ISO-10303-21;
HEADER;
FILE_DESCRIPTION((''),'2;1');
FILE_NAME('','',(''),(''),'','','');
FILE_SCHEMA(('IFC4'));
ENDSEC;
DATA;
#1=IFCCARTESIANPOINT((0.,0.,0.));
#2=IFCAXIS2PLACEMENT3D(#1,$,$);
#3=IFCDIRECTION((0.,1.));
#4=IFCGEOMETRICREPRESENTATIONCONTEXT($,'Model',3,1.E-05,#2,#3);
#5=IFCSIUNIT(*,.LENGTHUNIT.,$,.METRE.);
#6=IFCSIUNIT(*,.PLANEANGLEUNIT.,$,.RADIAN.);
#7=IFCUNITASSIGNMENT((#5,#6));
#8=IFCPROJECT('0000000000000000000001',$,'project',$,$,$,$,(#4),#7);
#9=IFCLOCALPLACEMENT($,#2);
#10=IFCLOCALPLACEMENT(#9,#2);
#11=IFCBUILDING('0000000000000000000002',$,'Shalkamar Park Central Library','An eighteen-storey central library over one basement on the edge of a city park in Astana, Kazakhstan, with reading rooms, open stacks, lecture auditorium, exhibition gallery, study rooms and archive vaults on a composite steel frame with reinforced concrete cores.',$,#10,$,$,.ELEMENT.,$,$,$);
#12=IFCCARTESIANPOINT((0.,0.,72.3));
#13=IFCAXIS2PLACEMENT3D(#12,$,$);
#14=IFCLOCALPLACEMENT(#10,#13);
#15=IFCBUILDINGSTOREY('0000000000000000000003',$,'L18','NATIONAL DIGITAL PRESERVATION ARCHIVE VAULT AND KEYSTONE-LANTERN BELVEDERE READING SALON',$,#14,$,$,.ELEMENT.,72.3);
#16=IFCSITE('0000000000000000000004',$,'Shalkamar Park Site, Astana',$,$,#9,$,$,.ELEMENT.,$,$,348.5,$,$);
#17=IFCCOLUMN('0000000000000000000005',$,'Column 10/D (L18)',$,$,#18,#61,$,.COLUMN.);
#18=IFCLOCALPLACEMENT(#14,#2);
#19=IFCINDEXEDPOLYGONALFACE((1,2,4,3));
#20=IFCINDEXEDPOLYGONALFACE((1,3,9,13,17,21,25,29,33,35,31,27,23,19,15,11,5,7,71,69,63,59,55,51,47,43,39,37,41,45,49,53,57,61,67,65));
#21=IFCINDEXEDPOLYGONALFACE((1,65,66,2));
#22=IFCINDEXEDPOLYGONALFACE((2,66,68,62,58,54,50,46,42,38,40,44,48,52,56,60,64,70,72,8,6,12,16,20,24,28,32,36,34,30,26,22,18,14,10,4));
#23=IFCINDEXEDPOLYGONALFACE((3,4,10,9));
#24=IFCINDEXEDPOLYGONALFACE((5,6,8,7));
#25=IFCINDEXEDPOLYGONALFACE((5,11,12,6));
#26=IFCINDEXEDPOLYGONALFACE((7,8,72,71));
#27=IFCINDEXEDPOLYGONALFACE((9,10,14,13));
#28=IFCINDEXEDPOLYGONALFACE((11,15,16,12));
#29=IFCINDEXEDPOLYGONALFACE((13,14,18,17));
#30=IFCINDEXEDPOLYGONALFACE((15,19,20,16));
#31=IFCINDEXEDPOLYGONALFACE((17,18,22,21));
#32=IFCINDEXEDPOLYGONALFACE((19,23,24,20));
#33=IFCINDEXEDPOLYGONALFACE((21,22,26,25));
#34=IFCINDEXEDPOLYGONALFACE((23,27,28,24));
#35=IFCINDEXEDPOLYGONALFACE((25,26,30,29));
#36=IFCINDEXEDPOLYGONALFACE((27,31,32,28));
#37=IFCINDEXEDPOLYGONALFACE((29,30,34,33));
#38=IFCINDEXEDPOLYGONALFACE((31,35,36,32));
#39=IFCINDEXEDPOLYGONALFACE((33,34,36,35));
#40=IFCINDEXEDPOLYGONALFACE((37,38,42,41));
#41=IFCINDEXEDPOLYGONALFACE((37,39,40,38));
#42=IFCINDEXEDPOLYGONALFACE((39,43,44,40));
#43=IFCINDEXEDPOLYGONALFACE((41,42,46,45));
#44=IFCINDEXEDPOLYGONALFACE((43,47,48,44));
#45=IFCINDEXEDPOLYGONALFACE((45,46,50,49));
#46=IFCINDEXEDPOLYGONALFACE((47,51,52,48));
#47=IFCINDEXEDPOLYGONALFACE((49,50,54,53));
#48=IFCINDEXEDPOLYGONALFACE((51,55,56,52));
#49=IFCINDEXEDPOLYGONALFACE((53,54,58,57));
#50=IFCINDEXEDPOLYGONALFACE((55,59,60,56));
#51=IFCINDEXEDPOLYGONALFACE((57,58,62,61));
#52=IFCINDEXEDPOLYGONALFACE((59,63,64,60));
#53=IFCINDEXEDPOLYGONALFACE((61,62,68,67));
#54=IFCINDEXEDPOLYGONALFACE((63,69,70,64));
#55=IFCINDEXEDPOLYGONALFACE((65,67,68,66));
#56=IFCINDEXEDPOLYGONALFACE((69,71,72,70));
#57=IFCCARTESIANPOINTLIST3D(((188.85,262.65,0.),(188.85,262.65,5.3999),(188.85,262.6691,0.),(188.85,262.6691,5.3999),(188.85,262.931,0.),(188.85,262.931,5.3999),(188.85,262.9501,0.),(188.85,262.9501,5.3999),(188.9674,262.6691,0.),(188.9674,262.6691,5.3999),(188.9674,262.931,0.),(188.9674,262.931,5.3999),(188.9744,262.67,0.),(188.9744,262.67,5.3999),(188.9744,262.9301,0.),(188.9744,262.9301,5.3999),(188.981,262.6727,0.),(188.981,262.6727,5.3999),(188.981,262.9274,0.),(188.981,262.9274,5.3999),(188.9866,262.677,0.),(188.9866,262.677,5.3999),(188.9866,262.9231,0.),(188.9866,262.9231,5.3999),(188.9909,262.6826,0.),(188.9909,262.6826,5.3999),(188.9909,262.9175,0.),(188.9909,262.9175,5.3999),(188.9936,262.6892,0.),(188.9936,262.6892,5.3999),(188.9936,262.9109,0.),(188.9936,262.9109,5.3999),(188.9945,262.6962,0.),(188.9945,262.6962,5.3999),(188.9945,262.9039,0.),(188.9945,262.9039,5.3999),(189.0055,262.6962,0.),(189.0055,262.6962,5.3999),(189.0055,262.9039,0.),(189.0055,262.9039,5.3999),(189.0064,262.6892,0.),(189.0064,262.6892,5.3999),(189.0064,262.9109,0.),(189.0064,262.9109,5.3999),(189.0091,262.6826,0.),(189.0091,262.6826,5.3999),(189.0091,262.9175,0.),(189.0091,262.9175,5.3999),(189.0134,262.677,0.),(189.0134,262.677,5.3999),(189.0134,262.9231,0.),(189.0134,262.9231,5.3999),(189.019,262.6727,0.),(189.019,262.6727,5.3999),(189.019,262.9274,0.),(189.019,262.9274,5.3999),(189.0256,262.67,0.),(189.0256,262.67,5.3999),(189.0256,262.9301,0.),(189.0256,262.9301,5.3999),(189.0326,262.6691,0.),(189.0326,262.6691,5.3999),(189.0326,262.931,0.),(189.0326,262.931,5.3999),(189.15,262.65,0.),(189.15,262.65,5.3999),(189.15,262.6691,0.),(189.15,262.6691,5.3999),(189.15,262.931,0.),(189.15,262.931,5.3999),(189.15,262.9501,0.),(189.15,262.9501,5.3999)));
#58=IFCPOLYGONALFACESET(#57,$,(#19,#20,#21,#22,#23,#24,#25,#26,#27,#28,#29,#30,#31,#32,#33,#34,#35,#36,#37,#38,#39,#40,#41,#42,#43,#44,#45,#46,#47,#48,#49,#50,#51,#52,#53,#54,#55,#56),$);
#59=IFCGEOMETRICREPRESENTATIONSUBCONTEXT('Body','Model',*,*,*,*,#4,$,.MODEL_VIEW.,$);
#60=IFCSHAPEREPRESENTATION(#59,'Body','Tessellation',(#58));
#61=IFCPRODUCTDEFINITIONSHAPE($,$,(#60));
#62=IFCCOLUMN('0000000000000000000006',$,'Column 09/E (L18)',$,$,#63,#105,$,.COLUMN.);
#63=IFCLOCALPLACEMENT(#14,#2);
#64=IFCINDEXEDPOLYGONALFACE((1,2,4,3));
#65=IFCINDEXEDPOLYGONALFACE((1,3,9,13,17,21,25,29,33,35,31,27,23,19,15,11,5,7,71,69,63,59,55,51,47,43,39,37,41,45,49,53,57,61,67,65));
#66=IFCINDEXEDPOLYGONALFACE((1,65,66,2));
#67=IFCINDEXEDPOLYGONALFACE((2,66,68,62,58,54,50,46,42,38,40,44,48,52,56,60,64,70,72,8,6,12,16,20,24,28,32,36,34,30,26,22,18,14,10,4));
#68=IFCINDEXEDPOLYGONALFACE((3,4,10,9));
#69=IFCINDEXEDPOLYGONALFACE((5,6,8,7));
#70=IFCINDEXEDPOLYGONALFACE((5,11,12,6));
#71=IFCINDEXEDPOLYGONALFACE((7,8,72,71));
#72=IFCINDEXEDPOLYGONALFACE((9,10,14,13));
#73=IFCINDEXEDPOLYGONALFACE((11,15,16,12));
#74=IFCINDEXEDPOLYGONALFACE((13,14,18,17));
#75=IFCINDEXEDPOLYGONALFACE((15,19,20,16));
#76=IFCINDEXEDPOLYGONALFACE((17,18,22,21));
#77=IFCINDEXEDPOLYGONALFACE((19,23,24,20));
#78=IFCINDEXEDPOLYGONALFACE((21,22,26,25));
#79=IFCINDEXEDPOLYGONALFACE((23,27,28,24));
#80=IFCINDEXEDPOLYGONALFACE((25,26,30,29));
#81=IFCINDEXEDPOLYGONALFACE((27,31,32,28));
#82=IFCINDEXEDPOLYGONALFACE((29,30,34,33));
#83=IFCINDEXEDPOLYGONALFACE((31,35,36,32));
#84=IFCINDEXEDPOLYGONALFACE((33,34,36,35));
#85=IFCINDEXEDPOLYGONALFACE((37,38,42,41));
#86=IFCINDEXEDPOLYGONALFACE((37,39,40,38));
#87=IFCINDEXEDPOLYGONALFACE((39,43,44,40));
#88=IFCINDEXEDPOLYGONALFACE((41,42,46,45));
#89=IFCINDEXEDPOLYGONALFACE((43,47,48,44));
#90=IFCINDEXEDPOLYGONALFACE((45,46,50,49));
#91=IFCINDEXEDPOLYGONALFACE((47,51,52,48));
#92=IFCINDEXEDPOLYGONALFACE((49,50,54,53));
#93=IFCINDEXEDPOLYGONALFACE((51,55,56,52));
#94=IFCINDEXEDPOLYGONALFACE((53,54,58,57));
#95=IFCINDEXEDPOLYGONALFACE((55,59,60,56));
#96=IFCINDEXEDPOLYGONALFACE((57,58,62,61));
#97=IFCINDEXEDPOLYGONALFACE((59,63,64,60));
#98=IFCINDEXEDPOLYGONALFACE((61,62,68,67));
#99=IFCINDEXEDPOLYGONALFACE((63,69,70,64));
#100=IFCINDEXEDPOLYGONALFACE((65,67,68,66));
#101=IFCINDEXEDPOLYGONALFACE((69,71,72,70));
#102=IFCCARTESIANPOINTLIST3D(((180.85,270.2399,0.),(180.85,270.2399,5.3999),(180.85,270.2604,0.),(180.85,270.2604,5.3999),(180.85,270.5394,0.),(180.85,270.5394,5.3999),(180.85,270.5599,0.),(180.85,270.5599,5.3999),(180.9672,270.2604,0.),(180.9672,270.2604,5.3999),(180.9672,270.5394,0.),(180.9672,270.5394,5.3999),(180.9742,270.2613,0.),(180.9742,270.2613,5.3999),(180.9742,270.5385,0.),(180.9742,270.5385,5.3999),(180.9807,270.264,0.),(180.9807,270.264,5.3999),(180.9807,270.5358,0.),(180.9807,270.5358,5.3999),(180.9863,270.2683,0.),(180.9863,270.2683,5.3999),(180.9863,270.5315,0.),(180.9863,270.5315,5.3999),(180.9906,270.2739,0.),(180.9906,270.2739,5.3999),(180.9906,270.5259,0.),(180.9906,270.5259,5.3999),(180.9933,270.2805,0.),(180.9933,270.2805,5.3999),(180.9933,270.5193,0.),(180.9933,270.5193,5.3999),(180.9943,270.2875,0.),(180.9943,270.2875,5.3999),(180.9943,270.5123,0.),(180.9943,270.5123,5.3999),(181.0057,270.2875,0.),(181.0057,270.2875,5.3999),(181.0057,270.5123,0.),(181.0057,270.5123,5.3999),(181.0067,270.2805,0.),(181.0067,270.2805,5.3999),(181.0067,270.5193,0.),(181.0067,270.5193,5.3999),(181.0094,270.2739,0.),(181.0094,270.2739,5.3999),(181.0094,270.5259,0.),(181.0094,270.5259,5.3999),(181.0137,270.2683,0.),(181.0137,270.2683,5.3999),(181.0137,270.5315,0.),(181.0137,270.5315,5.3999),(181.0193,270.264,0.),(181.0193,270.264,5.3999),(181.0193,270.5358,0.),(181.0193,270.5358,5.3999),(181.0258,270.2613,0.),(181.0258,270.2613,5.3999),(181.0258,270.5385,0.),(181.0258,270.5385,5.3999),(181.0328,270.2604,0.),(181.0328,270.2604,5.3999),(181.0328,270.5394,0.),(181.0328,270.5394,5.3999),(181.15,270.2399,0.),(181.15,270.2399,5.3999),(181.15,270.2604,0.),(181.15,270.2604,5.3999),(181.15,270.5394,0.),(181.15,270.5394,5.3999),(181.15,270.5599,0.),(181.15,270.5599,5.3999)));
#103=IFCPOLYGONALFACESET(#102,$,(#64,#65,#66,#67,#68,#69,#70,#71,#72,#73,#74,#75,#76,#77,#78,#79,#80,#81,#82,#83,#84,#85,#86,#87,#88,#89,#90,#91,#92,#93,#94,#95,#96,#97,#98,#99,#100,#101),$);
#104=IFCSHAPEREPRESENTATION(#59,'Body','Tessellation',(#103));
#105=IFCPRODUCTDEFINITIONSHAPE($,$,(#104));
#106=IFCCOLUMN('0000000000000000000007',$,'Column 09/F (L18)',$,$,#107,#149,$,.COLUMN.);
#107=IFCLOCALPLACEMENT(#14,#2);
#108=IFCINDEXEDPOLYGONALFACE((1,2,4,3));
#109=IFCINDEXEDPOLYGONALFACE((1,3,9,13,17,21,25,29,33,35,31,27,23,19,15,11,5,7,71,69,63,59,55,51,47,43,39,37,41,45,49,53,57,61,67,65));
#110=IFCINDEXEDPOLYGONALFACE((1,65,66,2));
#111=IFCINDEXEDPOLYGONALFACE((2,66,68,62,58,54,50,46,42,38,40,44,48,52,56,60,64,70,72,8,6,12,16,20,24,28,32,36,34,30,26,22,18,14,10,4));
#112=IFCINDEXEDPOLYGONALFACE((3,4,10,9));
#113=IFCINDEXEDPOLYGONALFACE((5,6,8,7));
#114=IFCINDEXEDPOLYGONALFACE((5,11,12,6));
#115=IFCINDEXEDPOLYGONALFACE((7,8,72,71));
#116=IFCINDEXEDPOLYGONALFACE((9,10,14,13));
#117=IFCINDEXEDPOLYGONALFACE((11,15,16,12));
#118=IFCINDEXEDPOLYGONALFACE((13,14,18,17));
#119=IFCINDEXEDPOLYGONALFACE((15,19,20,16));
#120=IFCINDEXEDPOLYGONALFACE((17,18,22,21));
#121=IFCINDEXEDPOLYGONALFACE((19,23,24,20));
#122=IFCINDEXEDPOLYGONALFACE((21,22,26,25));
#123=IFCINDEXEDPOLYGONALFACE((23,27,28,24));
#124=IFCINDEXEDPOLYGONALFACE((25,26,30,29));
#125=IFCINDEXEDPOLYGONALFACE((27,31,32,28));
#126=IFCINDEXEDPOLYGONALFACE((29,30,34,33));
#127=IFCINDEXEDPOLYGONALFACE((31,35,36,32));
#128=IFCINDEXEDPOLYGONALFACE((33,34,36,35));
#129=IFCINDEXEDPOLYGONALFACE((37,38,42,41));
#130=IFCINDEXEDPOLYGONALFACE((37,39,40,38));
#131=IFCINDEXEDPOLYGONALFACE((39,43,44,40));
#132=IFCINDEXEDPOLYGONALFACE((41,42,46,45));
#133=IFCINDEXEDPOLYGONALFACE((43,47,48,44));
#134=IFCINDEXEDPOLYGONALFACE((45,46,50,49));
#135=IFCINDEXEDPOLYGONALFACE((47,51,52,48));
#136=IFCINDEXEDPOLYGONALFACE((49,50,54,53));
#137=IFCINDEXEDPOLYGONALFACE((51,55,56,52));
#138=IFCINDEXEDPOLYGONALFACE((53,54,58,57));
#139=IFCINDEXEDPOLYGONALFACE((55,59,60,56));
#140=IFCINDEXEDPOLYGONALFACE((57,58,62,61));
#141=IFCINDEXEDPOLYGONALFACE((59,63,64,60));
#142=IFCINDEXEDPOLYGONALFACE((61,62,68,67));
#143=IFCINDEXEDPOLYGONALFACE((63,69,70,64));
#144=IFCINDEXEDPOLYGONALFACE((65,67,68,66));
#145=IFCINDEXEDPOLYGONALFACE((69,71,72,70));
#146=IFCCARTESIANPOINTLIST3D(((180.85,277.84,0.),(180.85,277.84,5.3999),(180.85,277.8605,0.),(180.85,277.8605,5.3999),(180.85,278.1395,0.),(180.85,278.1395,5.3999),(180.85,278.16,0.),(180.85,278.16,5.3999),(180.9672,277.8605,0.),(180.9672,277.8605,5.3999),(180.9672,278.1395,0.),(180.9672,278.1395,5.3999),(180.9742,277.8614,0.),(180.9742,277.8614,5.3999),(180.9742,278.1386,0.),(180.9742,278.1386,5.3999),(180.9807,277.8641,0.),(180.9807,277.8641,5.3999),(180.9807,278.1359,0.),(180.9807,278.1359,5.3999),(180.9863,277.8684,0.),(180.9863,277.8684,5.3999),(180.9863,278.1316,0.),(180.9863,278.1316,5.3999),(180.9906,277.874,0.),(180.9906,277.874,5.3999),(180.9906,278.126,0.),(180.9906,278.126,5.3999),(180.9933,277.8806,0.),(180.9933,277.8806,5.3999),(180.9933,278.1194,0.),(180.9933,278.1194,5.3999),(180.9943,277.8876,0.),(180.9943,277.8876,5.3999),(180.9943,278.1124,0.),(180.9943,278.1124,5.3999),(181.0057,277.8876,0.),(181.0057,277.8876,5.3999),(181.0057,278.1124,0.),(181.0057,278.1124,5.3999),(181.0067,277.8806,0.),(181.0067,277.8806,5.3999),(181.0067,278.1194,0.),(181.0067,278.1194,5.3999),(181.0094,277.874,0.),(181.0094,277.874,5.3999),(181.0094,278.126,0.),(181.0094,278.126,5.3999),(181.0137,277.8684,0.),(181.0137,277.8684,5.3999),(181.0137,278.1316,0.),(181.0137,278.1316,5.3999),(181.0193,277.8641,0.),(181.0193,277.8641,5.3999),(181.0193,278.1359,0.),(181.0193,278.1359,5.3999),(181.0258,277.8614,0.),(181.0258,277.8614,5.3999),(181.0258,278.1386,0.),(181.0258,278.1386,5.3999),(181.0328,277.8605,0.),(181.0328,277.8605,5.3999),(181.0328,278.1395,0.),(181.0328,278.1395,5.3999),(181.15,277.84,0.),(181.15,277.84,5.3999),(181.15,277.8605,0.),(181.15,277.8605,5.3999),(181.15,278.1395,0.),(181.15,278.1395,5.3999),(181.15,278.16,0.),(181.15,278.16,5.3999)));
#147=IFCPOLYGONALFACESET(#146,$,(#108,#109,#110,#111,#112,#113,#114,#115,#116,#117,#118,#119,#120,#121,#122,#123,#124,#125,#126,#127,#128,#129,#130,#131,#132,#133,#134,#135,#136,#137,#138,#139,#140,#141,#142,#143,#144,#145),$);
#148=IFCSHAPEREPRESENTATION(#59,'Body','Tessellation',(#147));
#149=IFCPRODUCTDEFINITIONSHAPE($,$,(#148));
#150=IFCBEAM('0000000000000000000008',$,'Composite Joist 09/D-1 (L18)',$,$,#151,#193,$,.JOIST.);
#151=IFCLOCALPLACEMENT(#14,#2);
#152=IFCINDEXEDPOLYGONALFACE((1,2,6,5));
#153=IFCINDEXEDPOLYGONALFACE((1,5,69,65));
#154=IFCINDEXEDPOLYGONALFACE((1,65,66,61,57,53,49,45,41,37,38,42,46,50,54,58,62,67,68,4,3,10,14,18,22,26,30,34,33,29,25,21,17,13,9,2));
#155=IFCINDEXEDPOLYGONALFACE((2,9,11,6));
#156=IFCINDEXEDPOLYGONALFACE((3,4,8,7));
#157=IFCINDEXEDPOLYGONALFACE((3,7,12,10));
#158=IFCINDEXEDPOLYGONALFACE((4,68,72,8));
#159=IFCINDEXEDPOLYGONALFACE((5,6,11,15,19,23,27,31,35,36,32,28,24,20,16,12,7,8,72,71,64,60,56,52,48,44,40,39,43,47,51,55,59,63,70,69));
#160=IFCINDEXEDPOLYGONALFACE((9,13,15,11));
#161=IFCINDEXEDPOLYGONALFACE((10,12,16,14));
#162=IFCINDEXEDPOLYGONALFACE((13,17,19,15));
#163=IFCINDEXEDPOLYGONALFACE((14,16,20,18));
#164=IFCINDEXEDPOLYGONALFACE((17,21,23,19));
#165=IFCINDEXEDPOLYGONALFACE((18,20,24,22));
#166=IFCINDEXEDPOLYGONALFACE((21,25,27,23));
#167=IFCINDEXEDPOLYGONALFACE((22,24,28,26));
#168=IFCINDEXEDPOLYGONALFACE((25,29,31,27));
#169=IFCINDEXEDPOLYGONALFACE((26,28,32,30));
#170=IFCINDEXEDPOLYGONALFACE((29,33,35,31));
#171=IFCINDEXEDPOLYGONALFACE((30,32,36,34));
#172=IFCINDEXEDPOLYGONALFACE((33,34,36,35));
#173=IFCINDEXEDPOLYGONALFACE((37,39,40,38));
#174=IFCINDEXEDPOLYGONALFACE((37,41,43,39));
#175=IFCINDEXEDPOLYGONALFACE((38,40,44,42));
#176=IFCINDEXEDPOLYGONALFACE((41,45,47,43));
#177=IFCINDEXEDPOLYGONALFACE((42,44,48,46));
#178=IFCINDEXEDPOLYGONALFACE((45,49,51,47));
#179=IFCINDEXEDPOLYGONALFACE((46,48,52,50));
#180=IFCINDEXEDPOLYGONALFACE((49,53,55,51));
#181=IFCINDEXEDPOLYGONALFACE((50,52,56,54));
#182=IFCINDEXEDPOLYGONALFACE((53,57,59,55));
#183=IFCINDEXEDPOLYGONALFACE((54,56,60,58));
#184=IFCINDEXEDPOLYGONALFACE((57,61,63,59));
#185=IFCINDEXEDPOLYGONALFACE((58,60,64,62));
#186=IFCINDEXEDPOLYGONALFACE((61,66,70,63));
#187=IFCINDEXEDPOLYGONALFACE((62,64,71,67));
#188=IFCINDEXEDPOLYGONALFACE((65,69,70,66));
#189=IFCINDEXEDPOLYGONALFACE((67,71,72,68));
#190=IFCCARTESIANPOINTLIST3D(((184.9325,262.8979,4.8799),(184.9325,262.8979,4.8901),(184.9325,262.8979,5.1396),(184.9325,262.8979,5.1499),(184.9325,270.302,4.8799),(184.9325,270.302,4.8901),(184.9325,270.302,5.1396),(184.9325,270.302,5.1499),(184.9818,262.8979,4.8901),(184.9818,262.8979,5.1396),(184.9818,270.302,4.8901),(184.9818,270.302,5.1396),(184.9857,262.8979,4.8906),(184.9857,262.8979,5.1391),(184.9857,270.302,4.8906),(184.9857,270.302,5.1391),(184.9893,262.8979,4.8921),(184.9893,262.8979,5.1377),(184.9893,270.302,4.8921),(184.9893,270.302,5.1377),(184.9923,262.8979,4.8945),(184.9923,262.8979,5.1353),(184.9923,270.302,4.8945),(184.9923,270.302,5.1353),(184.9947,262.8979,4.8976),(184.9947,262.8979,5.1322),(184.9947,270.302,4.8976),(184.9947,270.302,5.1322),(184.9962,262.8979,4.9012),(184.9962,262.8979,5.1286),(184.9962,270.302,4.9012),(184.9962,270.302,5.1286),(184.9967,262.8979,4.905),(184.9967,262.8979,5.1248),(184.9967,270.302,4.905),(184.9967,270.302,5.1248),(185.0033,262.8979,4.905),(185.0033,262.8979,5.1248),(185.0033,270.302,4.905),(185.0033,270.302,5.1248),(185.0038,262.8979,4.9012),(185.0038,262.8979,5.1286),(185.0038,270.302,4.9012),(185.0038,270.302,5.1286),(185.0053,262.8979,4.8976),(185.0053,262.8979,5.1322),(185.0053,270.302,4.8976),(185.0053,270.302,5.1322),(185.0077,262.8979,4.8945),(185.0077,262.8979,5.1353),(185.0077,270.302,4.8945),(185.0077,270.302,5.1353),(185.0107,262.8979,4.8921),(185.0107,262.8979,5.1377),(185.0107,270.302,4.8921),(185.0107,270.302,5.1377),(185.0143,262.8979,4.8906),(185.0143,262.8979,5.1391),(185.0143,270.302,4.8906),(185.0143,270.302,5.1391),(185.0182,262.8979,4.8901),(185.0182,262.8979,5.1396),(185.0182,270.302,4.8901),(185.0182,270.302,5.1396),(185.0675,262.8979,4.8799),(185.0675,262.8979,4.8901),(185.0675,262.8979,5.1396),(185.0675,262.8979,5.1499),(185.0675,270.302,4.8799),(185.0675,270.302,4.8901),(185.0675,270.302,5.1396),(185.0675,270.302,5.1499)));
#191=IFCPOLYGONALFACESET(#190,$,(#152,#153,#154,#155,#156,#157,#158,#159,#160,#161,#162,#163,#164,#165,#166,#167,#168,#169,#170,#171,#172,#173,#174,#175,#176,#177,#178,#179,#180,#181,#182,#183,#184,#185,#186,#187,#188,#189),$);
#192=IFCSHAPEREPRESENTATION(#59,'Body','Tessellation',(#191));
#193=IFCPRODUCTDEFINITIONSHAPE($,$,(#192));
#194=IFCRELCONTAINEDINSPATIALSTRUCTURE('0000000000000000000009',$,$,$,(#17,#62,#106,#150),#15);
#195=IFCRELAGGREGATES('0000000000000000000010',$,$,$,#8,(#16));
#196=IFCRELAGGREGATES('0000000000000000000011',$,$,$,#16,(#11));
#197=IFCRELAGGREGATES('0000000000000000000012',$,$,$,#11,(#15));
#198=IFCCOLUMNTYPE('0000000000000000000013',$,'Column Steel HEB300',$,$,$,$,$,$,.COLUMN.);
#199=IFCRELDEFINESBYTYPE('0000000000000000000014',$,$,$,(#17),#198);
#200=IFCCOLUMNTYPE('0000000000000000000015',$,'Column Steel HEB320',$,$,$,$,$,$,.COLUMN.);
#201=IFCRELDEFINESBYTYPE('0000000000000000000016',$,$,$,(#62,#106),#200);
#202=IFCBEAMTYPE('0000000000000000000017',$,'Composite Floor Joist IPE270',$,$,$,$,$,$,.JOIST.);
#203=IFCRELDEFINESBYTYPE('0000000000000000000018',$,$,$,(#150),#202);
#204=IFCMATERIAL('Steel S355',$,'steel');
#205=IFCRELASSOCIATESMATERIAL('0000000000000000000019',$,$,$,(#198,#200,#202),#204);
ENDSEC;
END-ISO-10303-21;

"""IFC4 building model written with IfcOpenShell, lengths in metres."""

from ifc_helpers import new_model, si_unit, direction, frame, origin, origin_2d, place, context, subcontext, project, spatial, i_section, extrude, material, material_profile, profile_set, type_object, element, save


model = new_model("IFC4")

# Units and contexts
model_context = context("Model", 3, precision=1e-05, world=origin(), true_north=direction((0.0, 1.0)))
body_context = subcontext(model_context, "Body", "Model", "MODEL_VIEW")
ifc_project = project(units=[si_unit("LENGTHUNIT", "METRE"), si_unit("PLANEANGLEUNIT", "RADIAN")], contexts=[model_context])

# Site, building, storey
site_placement = place(None, origin())
site = spatial("IfcSite", under=ifc_project, at=site_placement, Name="Shalkamar Park Site, Astana", CompositionType="ELEMENT", RefElevation=348.5)
building_placement = place(site_placement, origin())
building = spatial("IfcBuilding", under=site, at=building_placement, Name="Shalkamar Park Central Library", Description="An eighteen-storey central library over one basement on the edge of a city park in Astana, Kazakhstan, with reading rooms, open stacks, lecture auditorium, exhibition gallery, study rooms and archive vaults on a composite steel frame with reinforced concrete cores.", CompositionType="ELEMENT")
storey_placement = place(building_placement, frame((0.0, 0.0, 72.3)))
storey = spatial("IfcBuildingStorey", under=building, at=storey_placement, Name="L18", Description="NATIONAL DIGITAL PRESERVATION ARCHIVE VAULT AND KEYSTONE-LANTERN BELVEDERE READING SALON", CompositionType="ELEMENT", Elevation=72.3)

# Columns
ifc_material_1 = material(Name="Steel S355", Category="steel")
ifc_material_profile_1 = material_profile(ifc_material_1, i_section(OverallWidth=0.3, OverallDepth=0.3, WebThickness=0.011, FlangeThickness=0.019, FilletRadius=0.0271, at=origin_2d()), Name="HEB 300")
ifc_profile_set_1 = profile_set([ifc_material_profile_1], Name="Steel S355")
column_type_1 = type_object("IfcColumnType", Name="Column Steel HEB300", PredefinedType="COLUMN", material=ifc_profile_set_1)
column_placement = place(storey_placement, frame((189.0, 262.8, 0.0), z_axis=(0.0, 0.0, 1.0), x_axis=(1.0, 0.0, 0.0)))
element("IfcColumn", 1, at=column_placement, inside=storey, type_object=column_type_1, Name="Column 10/D (L18)", PredefinedType="COLUMN", context=body_context, shape_type="SweptSolid", body=[
    extrude(i_section(OverallWidth=0.3, OverallDepth=0.3, WebThickness=0.011, FlangeThickness=0.019, FilletRadius=0.0271, at=origin_2d()), origin(), (0.0, 0.0, 1.0), 5.3999),
])
ifc_material_profile_2 = material_profile(ifc_material_1, i_section(OverallWidth=0.3, OverallDepth=0.3201, WebThickness=0.0115, FlangeThickness=0.0205, FilletRadius=0.0271, at=origin_2d()), Name="HEB 320")
ifc_profile_set_2 = profile_set([ifc_material_profile_2], Name="Steel S355")
column_type_2 = type_object("IfcColumnType", Name="Column Steel HEB320", PredefinedType="COLUMN", material=ifc_profile_set_2)
for number, where, z_axis, x_axis, name in (
    (2, (181.0, 270.3999, 0.0), (0.0, 0.0, 1.0), (1.0, 0.0, 0.0), "Column 09/E (L18)"),
    (3, (181.0, 278.0, 0.0), (0.0, 0.0, 1.0), (1.0, 0.0, 0.0), "Column 09/F (L18)"),
):
    element("IfcColumn", number, at=place(storey_placement, frame(where, z_axis=z_axis, x_axis=x_axis)), inside=storey, type_object=column_type_2, Name=name, PredefinedType="COLUMN", context=body_context, shape_type="SweptSolid", body=[
        extrude(i_section(OverallWidth=0.3, OverallDepth=0.3201, WebThickness=0.0115, FlangeThickness=0.0205, FilletRadius=0.0271, at=origin_2d()), origin(), (0.0, 0.0, 1.0), 5.3999),
    ])

# Beam
ifc_material_profile_3 = material_profile(ifc_material_1, i_section(OverallWidth=0.135, OverallDepth=0.27, WebThickness=0.0066, FlangeThickness=0.0103, FilletRadius=0.0149, at=origin_2d()), Name="IPE 270")
ifc_profile_set_3 = profile_set([ifc_material_profile_3], Name="Steel S355")
beam_type_1 = type_object("IfcBeamType", Name="Composite Floor Joist IPE270", PredefinedType="JOIST", material=ifc_profile_set_3)
beam_1_placement = place(storey_placement, frame((185.0, 262.8979, 5.0149), z_axis=(0.0, 1.0, 0.0), x_axis=(-1.0, 0.0, 0.0)))
element("IfcBeam", 4, at=beam_1_placement, inside=storey, type_object=beam_type_1, Name="Composite Joist 09/D-1 (L18)", PredefinedType="JOIST", context=body_context, shape_type="SweptSolid", body=[
    extrude(i_section(OverallWidth=0.135, OverallDepth=0.27, WebThickness=0.0066, FlangeThickness=0.0103, FilletRadius=0.0149, at=origin_2d()), origin(), (0.0, 0.0, 1.0), 7.4041),
])

save(model, "model.ifc")
